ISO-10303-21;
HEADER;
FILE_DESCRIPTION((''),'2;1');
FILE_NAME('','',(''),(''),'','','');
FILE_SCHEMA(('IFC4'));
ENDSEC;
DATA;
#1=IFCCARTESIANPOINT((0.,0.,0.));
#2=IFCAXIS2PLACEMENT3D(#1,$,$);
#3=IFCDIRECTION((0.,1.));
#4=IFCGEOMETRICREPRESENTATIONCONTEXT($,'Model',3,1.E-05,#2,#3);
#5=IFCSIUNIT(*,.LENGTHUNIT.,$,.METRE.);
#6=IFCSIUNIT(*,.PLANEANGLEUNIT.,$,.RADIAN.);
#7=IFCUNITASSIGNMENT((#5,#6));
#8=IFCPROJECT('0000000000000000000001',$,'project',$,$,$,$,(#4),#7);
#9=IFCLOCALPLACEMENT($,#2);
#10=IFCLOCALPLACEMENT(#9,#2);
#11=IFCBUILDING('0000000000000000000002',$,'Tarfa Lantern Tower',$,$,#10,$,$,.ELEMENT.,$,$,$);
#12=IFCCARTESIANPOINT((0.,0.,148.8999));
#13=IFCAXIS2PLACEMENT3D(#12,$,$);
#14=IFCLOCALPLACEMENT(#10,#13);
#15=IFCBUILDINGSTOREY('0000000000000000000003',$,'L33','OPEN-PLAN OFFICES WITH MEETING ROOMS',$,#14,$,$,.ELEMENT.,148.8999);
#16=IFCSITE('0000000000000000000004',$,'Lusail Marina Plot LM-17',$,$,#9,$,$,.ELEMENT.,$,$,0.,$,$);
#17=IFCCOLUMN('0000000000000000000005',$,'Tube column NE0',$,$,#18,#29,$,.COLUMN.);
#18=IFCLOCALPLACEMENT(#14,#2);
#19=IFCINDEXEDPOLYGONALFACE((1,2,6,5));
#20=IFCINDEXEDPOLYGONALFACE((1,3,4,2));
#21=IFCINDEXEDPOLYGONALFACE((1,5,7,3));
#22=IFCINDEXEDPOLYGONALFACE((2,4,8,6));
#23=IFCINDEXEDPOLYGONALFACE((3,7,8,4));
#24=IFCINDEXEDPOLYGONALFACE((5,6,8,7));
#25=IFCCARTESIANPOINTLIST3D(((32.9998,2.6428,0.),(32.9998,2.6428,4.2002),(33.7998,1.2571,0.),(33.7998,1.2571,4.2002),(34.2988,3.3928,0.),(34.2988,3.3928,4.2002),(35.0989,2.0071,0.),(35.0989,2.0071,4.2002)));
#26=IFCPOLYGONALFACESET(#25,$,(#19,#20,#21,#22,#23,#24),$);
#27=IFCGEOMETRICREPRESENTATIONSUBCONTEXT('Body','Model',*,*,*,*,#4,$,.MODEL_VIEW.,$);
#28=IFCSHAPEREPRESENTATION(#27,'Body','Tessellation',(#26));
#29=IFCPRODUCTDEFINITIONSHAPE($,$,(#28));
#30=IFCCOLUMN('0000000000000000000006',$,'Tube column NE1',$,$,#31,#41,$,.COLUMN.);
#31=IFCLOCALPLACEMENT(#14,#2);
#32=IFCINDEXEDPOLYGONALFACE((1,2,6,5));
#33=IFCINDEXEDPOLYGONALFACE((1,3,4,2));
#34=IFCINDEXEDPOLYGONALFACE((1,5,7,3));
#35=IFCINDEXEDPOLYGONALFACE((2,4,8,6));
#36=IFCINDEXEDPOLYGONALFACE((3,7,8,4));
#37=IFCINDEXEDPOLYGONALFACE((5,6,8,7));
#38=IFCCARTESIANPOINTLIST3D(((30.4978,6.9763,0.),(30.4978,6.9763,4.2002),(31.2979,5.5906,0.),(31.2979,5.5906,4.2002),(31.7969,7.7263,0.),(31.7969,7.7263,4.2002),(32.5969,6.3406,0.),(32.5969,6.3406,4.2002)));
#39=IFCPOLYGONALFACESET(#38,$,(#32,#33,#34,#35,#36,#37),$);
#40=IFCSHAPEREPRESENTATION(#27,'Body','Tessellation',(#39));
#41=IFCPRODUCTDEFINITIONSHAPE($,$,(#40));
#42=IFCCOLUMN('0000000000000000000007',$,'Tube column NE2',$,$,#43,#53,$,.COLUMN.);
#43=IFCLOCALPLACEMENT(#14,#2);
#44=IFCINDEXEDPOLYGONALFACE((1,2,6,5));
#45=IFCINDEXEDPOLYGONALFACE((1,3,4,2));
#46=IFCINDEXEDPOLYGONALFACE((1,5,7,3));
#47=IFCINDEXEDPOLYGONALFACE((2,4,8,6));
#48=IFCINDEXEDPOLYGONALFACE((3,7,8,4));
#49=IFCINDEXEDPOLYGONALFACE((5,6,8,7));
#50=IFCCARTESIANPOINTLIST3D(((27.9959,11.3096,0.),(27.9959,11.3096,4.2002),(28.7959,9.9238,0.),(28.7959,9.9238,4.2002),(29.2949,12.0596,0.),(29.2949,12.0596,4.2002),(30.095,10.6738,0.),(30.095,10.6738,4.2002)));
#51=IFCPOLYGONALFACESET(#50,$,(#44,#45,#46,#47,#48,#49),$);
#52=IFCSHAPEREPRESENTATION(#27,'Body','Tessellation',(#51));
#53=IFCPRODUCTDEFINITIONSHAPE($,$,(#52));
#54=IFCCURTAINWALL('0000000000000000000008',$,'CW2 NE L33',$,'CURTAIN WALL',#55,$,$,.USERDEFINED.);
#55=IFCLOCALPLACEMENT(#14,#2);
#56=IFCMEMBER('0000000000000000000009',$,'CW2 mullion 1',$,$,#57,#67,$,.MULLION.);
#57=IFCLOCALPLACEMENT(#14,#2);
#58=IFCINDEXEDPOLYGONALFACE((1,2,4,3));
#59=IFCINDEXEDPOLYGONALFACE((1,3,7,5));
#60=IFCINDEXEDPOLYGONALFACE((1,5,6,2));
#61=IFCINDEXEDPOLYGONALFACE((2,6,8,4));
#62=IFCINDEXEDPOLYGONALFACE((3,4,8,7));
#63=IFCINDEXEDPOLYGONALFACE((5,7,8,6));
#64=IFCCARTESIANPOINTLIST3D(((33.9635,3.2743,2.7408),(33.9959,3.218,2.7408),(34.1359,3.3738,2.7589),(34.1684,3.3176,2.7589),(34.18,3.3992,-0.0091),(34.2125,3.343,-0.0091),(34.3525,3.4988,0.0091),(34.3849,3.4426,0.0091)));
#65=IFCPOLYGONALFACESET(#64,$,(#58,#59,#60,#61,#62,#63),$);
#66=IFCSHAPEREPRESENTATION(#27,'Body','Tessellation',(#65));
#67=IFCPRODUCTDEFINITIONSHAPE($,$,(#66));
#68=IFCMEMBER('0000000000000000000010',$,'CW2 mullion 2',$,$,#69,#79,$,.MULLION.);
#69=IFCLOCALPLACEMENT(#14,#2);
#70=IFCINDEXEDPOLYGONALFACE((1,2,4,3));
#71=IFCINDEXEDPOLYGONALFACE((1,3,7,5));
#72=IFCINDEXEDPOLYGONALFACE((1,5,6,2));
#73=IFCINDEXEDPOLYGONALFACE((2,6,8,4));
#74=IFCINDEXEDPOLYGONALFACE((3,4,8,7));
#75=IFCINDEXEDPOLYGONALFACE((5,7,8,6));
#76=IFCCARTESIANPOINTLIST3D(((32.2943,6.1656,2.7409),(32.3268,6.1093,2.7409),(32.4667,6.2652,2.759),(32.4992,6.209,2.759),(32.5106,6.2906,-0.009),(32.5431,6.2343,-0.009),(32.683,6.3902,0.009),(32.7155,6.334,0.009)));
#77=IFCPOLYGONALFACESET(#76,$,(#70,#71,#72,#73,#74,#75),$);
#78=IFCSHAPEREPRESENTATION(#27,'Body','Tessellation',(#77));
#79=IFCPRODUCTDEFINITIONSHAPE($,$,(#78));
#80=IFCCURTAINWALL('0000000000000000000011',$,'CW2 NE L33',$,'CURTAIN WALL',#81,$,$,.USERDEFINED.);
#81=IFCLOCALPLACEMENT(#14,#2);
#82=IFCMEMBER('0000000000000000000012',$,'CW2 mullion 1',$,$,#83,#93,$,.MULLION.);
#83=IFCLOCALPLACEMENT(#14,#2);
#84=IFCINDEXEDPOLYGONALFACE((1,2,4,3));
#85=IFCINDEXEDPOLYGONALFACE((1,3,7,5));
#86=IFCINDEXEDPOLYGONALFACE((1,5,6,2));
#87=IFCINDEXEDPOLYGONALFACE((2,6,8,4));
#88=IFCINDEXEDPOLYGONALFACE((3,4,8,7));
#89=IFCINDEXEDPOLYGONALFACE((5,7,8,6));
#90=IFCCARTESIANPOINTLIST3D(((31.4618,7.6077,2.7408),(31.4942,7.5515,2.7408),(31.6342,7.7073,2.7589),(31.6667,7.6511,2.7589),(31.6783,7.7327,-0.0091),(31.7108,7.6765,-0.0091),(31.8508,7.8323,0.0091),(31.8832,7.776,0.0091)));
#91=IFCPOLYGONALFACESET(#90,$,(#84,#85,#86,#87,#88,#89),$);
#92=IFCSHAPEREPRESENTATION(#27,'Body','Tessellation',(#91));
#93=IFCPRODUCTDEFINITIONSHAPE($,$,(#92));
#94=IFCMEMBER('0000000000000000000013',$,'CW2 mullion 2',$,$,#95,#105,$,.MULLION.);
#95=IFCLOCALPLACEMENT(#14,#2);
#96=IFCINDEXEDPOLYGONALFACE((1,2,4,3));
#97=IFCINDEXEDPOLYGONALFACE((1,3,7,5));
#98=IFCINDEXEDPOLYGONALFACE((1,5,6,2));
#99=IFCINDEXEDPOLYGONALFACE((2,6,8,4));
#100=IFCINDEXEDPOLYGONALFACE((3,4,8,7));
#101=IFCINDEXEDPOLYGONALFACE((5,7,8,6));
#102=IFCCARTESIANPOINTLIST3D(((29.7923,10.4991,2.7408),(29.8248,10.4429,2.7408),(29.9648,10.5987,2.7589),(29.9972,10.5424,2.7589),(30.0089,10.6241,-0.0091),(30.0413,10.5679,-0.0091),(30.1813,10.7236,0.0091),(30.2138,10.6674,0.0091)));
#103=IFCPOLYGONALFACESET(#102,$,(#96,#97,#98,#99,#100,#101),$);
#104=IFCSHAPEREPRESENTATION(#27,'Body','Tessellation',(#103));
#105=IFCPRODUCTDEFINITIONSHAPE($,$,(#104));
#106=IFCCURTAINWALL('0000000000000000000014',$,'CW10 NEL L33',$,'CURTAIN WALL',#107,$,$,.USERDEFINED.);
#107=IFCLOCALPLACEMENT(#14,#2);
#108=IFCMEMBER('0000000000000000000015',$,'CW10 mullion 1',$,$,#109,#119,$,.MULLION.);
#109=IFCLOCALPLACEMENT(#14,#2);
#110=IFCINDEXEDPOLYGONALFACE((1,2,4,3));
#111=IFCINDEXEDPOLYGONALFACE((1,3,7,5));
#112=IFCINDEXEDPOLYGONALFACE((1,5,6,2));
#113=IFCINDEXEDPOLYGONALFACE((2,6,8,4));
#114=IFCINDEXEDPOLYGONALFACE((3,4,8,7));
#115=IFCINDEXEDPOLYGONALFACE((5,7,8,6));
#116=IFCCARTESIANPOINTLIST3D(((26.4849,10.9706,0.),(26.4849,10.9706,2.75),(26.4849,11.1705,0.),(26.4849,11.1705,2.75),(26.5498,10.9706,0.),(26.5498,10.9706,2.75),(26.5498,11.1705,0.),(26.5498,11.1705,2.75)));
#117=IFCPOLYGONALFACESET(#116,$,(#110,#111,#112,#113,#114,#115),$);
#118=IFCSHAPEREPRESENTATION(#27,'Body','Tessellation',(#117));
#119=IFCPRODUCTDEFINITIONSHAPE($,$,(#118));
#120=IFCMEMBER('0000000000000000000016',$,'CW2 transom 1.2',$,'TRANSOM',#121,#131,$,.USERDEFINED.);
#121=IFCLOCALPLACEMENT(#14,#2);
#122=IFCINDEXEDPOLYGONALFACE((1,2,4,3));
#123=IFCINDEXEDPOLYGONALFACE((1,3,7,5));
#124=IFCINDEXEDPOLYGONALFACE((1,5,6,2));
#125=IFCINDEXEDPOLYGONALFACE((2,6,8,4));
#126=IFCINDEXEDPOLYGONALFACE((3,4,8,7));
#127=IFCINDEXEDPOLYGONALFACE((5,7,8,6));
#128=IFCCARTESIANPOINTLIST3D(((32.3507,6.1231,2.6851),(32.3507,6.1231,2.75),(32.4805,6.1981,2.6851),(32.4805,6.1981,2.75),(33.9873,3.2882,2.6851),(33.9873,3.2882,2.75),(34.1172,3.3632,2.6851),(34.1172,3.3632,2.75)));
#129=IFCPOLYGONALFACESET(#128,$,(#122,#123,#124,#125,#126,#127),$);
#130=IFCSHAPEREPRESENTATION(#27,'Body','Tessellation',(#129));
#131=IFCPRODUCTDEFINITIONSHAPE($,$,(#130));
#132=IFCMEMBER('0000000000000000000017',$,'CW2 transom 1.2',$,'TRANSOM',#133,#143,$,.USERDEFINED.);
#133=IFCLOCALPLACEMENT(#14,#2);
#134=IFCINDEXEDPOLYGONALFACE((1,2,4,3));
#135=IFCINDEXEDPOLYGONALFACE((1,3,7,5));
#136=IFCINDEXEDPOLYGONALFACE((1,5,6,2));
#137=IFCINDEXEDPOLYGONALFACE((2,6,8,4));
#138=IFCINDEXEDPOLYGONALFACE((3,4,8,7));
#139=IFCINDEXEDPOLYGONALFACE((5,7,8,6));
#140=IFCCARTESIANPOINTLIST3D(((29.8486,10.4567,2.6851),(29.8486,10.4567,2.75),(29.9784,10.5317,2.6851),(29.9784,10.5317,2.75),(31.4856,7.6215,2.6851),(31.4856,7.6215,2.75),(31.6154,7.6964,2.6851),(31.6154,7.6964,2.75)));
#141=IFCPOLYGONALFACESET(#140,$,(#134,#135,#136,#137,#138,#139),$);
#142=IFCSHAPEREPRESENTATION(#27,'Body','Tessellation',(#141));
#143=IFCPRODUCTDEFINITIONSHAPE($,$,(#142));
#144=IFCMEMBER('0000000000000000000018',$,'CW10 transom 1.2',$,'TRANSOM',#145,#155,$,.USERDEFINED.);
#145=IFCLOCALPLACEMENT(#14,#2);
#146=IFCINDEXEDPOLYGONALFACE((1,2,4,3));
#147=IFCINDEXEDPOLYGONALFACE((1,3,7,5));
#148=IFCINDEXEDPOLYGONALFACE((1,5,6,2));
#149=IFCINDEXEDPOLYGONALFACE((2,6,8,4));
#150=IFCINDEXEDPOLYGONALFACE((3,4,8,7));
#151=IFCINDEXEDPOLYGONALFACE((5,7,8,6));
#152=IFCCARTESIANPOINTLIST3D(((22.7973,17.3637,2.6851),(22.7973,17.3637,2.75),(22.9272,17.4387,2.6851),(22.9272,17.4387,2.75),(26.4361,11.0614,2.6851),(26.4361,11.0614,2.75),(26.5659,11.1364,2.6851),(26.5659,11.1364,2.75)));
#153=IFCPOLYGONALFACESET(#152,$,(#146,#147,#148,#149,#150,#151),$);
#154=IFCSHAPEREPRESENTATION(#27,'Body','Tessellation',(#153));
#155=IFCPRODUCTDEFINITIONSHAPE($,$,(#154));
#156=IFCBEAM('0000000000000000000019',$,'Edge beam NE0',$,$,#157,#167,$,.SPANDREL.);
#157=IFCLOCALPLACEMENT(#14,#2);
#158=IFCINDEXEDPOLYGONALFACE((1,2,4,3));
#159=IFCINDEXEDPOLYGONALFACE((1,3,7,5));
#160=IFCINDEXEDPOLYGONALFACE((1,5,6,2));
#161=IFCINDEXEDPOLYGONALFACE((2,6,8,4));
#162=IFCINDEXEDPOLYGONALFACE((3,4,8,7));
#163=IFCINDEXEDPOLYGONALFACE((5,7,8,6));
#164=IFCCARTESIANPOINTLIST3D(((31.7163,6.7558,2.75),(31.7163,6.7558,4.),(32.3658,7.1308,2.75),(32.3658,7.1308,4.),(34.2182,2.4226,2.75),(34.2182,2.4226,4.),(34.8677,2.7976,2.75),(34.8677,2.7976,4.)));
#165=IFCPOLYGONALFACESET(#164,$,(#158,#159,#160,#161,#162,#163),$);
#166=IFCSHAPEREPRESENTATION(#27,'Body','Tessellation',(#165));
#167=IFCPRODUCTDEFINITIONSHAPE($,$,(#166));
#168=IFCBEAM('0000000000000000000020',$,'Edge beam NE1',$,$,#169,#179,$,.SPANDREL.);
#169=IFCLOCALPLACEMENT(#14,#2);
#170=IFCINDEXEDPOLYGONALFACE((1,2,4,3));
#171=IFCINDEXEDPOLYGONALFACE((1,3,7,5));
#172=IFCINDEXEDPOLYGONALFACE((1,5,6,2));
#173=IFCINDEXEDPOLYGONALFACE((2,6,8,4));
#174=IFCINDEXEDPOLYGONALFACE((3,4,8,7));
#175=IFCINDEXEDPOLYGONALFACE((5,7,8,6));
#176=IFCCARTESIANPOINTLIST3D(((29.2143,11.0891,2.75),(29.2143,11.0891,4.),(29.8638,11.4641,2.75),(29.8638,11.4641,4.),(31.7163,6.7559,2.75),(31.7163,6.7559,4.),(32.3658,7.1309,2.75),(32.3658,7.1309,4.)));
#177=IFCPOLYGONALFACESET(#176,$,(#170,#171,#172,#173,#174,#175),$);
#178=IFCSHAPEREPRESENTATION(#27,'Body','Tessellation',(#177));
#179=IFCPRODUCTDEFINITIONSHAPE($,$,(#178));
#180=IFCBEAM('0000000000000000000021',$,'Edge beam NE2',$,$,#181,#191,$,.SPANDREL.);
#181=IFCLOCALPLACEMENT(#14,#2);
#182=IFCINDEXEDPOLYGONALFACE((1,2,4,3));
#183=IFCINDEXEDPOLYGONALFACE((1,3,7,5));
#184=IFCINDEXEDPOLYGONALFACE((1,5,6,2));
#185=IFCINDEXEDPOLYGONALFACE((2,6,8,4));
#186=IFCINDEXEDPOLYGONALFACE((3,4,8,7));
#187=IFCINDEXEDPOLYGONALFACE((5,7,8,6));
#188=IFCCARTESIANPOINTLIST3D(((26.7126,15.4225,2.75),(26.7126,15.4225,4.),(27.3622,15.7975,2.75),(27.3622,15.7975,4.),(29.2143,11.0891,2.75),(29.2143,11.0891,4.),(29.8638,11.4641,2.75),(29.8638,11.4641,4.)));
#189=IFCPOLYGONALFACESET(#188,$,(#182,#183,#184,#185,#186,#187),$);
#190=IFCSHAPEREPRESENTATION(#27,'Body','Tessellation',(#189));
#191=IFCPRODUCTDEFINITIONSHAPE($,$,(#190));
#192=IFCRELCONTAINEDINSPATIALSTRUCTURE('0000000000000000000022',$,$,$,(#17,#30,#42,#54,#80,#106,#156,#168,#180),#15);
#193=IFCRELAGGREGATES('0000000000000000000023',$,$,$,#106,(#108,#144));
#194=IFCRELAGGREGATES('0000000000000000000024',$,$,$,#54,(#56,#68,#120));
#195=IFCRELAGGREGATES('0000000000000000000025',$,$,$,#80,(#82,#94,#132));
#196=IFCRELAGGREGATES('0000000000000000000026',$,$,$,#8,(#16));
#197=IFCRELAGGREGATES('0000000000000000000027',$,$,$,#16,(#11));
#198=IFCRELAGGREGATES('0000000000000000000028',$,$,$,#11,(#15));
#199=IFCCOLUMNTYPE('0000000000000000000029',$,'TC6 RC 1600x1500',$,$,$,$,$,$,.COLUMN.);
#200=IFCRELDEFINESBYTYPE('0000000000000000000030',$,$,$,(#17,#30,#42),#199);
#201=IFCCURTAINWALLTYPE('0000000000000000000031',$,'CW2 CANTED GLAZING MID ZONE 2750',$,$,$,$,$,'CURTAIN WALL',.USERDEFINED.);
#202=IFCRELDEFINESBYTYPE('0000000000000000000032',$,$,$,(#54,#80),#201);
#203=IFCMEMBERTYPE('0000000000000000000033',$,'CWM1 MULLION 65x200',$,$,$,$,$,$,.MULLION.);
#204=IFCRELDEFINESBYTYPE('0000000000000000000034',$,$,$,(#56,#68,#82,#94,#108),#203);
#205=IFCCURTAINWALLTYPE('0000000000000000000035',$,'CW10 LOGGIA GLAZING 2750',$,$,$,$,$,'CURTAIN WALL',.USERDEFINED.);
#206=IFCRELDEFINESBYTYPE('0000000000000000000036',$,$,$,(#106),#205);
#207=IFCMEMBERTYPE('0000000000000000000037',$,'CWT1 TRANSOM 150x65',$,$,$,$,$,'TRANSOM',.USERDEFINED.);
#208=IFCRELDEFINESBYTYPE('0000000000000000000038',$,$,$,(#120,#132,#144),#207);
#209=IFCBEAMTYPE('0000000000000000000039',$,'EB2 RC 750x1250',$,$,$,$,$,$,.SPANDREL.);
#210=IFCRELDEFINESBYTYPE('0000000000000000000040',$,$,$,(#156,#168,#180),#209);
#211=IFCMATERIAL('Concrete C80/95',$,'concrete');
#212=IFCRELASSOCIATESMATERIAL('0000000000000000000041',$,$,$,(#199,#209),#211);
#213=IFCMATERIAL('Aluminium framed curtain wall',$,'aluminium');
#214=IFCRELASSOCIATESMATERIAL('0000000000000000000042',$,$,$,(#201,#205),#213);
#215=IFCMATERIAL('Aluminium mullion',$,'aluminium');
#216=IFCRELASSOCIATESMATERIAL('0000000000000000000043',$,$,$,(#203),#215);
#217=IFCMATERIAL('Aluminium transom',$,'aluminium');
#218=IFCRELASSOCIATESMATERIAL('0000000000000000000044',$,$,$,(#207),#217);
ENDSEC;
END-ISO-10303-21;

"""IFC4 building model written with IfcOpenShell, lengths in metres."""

from ifc_helpers import new_model, si_unit, direction, frame, origin, origin_2d, place, context, subcontext, project, spatial, rectangle, extrude, material, material_profile, profile_set, type_object, element, aggregate, save


model = new_model("IFC4")

# Units and contexts
model_context = context("Model", 3, precision=1e-05, world=origin(), true_north=direction((0.0, 1.0)))
body_context = subcontext(model_context, "Body", "Model", "MODEL_VIEW")
ifc_project = project(units=[si_unit("LENGTHUNIT", "METRE"), si_unit("PLANEANGLEUNIT", "RADIAN")], contexts=[model_context])

# Site, building, storey
site_placement = place(None, origin())
site = spatial("IfcSite", under=ifc_project, at=site_placement, Name="Lusail Marina Plot LM-17", CompositionType="ELEMENT", RefElevation=0.0)
building_placement = place(site_placement, origin())
building = spatial("IfcBuilding", under=site, at=building_placement, Name="Tarfa Lantern Tower", CompositionType="ELEMENT")
storey_placement = place(building_placement, frame((0.0, 0.0, 148.8999)))
storey = spatial("IfcBuildingStorey", under=building, at=storey_placement, Name="L33", Description="OPEN-PLAN OFFICES WITH MEETING ROOMS", CompositionType="ELEMENT", Elevation=148.8999)

# Columns
ifc_material_1 = material(Name="Concrete C80/95", Category="concrete")
ifc_material_profile_1 = material_profile(ifc_material_1, rectangle(XDim=1.6001, YDim=1.5, at=origin_2d()), Name="RC 1600x1500")
ifc_profile_set_1 = profile_set([ifc_material_profile_1], Name="Concrete C80/95")
column_type = type_object("IfcColumnType", Name="TC6 RC 1600x1500", PredefinedType="COLUMN", material=ifc_profile_set_1)
for number, where, z_axis, x_axis, name in (
    (1, (34.0493, 2.325, 0.0), (0.0, 0.0, 1.0), (-0.5, 0.866025, 0.0), "Tube column NE0"),
    (2, (31.5474, 6.6584, 0.0), (0.0, 0.0, 1.0), (-0.5, 0.866025, 0.0), "Tube column NE1"),
    (3, (29.0454, 10.9917, 0.0), (0.0, 0.0, 1.0), (-0.5, 0.866025, 0.0), "Tube column NE2"),
):
    element("IfcColumn", number, at=place(storey_placement, frame(where, z_axis=z_axis, x_axis=x_axis)), inside=storey, type_object=column_type, Name=name, PredefinedType="COLUMN", context=body_context, shape_type="SweptSolid", body=[
        extrude(rectangle(XDim=1.6001, YDim=1.5, at=origin_2d()), origin(), (0.0, 0.0, 1.0), 4.2002),
    ])

# Curtain walls, members
ifc_material_2 = material(Name="Aluminium framed curtain wall", Category="aluminium")
curtain_wall_type_1 = type_object("IfcCurtainWallType", Name="CW2 CANTED GLAZING MID ZONE 2750", ElementType="CURTAIN WALL", PredefinedType="USERDEFINED", material=ifc_material_2)
curtain_wall_1_placement = place(storey_placement, origin())
curtain_wall_1 = element("IfcCurtainWall", 4, at=curtain_wall_1_placement, inside=storey, type_object=curtain_wall_type_1, Name="CW2 NE L33", ObjectType="CURTAIN WALL", PredefinedType="USERDEFINED")
ifc_material_3 = material(Name="Aluminium mullion", Category="aluminium")
ifc_material_profile_2 = material_profile(ifc_material_3, rectangle(XDim=0.0649, YDim=0.2, at=origin_2d()), Name="AL MULLION 65x200")
ifc_profile_set_2 = profile_set([ifc_material_profile_2], Name="Aluminium mullion")
member_type_1 = type_object("IfcMemberType", Name="CWM1 MULLION 65x200", PredefinedType="MULLION", material=ifc_profile_set_2)
member_1_placement = place(storey_placement, frame((34.2825, 3.4209, 0.0), z_axis=(-0.078423, -0.045268, 0.995892), x_axis=(0.49992, -0.866072, 0.0)))
member_1 = element("IfcMember", 5, at=member_1_placement, type_object=member_type_1, Name="CW2 mullion 1", PredefinedType="MULLION", context=body_context, shape_type="SweptSolid", body=[
    extrude(rectangle(XDim=0.0649, YDim=0.2, at=origin_2d()), origin(), (0.0, 0.0, 1.0), 2.7612),
])
member_2_placement = place(storey_placement, frame((32.613, 6.3123, 0.0), z_axis=(-0.078335, -0.045268, 0.995899), x_axis=(0.500343, -0.865827, 0.0)))
member_2 = element("IfcMember", 6, at=member_2_placement, type_object=member_type_1, Name="CW2 mullion 2", PredefinedType="MULLION", context=body_context, shape_type="SweptSolid", body=[
    extrude(rectangle(XDim=0.0649, YDim=0.2, at=origin_2d()), origin(), (0.0, 0.0, 1.0), 2.7612),
])
curtain_wall_2_placement = place(storey_placement, origin())
curtain_wall_2 = element("IfcCurtainWall", 7, at=curtain_wall_2_placement, inside=storey, type_object=curtain_wall_type_1, Name="CW2 NE L33", ObjectType="CURTAIN WALL", PredefinedType="USERDEFINED")
member_3_placement = place(storey_placement, frame((31.7808, 7.7544, 0.0), z_axis=(-0.078423, -0.045268, 0.995892), x_axis=(0.49992, -0.866072, 0.0)))
member_3 = element("IfcMember", 8, at=member_3_placement, type_object=member_type_1, Name="CW2 mullion 1", PredefinedType="MULLION", context=body_context, shape_type="SweptSolid", body=[
    extrude(rectangle(XDim=0.0649, YDim=0.2, at=origin_2d()), origin(), (0.0, 0.0, 1.0), 2.7612),
])
member_4_placement = place(storey_placement, frame((30.1113, 10.6458, 0.0), z_axis=(-0.078423, -0.045268, 0.995892), x_axis=(0.49992, -0.866072, 0.0)))
member_4 = element("IfcMember", 9, at=member_4_placement, type_object=member_type_1, Name="CW2 mullion 2", PredefinedType="MULLION", context=body_context, shape_type="SweptSolid", body=[
    extrude(rectangle(XDim=0.0649, YDim=0.2, at=origin_2d()), origin(), (0.0, 0.0, 1.0), 2.7612),
])

# Curtain wall, member
curtain_wall_type_2 = type_object("IfcCurtainWallType", Name="CW10 LOGGIA GLAZING 2750", ElementType="CURTAIN WALL", PredefinedType="USERDEFINED", material=ifc_material_2)
curtain_wall_3_placement = place(storey_placement, origin())
curtain_wall_3 = element("IfcCurtainWall", 10, at=curtain_wall_3_placement, inside=storey, type_object=curtain_wall_type_2, Name="CW10 NEL L33", ObjectType="CURTAIN WALL", PredefinedType="USERDEFINED")
member_5_placement = place(storey_placement, frame((26.5173, 11.0706, 0.0), z_axis=(0.0, 0.0, 1.0), x_axis=(1.0, 0.0, 0.0)))
member_5 = element("IfcMember", 11, at=member_5_placement, type_object=member_type_1, Name="CW10 mullion 1", PredefinedType="MULLION", context=body_context, shape_type="SweptSolid", body=[
    extrude(rectangle(XDim=0.0649, YDim=0.2, at=origin_2d()), origin(), (0.0, 0.0, 1.0), 2.75),
])

# Members
ifc_material_4 = material(Name="Aluminium transom", Category="aluminium")
ifc_material_profile_3 = material_profile(ifc_material_4, rectangle(XDim=0.1499, YDim=0.0649, at=origin_2d()), Name="AL TRANSOM 150x65")
ifc_profile_set_3 = profile_set([ifc_material_profile_3], Name="Aluminium transom")
member_type_2 = type_object("IfcMemberType", Name="CWT1 TRANSOM 150x65", ElementType="TRANSOM", PredefinedType="USERDEFINED", material=ifc_profile_set_3)
member_6_placement = place(storey_placement, frame((34.0522, 3.3257, 2.7175), z_axis=(-0.499989, 0.866032, 0.0), x_axis=(-0.866032, -0.499989, 0.0)))
member_6 = element("IfcMember", 12, at=member_6_placement, type_object=member_type_2, Name="CW2 transom 1.2", ObjectType="TRANSOM", PredefinedType="USERDEFINED", context=body_context, shape_type="SweptSolid", body=[
    extrude(rectangle(XDim=0.1499, YDim=0.0649, at=origin_2d()), origin(), (0.0, 0.0, 1.0), 3.2734),
])
member_7_placement = place(storey_placement, frame((31.5505, 7.6589, 2.7175), z_axis=(-0.500013, 0.866018, 0.0), x_axis=(-0.866018, -0.500013, 0.0)))
member_7 = element("IfcMember", 13, at=member_7_placement, type_object=member_type_2, Name="CW2 transom 1.2", ObjectType="TRANSOM", PredefinedType="USERDEFINED", context=body_context, shape_type="SweptSolid", body=[
    extrude(rectangle(XDim=0.1499, YDim=0.0649, at=origin_2d()), origin(), (0.0, 0.0, 1.0), 3.2739),
])
member_8_placement = place(storey_placement, frame((26.501, 11.0989, 2.7175), z_axis=(-0.500007, 0.866021, 0.0), x_axis=(-0.866021, -0.500007, 0.0)))
member_8 = element("IfcMember", 14, at=member_8_placement, type_object=member_type_2, Name="CW10 transom 1.2", ObjectType="TRANSOM", PredefinedType="USERDEFINED", context=body_context, shape_type="SweptSolid", body=[
    extrude(rectangle(XDim=0.1499, YDim=0.0649, at=origin_2d()), origin(), (0.0, 0.0, 1.0), 7.2773),
])
aggregate(curtain_wall_3, [member_5, member_8])

# Beams
ifc_material_profile_4 = material_profile(ifc_material_1, rectangle(XDim=0.75, YDim=1.25, at=origin_2d()), Name="RC 750x1250")
ifc_profile_set_4 = profile_set([ifc_material_profile_4], Name="Concrete C80/95")
beam_type_1 = type_object("IfcBeamType", Name="EB2 RC 750x1250", PredefinedType="SPANDREL", material=ifc_profile_set_4)
for number, where, z_axis, x_axis, name in (
    (15, (34.543, 2.6101, 3.375), (-0.500022, 0.866013, 0.0), (-0.866013, -0.500022, 0.0), "Edge beam NE0"),
    (16, (32.041, 6.9434, 3.375), (-0.500022, 0.866013, 0.0), (-0.866013, -0.500022, 0.0), "Edge beam NE1"),
    (17, (29.5391, 11.2766, 3.375), (-0.499965, 0.866046, 0.0), (-0.866046, -0.499965, 0.0), "Edge beam NE2"),
):
    element("IfcBeam", number, at=place(storey_placement, frame(where, z_axis=z_axis, x_axis=x_axis)), inside=storey, type_object=beam_type_1, Name=name, PredefinedType="SPANDREL", context=body_context, shape_type="SweptSolid", body=[
        extrude(rectangle(XDim=0.75, YDim=1.25, at=origin_2d()), origin(), (0.0, 0.0, 1.0), 5.0037),
    ])

aggregate(curtain_wall_1, [member_1, member_2, member_6])
aggregate(curtain_wall_2, [member_3, member_4, member_7])

save(model, "model.ifc")
